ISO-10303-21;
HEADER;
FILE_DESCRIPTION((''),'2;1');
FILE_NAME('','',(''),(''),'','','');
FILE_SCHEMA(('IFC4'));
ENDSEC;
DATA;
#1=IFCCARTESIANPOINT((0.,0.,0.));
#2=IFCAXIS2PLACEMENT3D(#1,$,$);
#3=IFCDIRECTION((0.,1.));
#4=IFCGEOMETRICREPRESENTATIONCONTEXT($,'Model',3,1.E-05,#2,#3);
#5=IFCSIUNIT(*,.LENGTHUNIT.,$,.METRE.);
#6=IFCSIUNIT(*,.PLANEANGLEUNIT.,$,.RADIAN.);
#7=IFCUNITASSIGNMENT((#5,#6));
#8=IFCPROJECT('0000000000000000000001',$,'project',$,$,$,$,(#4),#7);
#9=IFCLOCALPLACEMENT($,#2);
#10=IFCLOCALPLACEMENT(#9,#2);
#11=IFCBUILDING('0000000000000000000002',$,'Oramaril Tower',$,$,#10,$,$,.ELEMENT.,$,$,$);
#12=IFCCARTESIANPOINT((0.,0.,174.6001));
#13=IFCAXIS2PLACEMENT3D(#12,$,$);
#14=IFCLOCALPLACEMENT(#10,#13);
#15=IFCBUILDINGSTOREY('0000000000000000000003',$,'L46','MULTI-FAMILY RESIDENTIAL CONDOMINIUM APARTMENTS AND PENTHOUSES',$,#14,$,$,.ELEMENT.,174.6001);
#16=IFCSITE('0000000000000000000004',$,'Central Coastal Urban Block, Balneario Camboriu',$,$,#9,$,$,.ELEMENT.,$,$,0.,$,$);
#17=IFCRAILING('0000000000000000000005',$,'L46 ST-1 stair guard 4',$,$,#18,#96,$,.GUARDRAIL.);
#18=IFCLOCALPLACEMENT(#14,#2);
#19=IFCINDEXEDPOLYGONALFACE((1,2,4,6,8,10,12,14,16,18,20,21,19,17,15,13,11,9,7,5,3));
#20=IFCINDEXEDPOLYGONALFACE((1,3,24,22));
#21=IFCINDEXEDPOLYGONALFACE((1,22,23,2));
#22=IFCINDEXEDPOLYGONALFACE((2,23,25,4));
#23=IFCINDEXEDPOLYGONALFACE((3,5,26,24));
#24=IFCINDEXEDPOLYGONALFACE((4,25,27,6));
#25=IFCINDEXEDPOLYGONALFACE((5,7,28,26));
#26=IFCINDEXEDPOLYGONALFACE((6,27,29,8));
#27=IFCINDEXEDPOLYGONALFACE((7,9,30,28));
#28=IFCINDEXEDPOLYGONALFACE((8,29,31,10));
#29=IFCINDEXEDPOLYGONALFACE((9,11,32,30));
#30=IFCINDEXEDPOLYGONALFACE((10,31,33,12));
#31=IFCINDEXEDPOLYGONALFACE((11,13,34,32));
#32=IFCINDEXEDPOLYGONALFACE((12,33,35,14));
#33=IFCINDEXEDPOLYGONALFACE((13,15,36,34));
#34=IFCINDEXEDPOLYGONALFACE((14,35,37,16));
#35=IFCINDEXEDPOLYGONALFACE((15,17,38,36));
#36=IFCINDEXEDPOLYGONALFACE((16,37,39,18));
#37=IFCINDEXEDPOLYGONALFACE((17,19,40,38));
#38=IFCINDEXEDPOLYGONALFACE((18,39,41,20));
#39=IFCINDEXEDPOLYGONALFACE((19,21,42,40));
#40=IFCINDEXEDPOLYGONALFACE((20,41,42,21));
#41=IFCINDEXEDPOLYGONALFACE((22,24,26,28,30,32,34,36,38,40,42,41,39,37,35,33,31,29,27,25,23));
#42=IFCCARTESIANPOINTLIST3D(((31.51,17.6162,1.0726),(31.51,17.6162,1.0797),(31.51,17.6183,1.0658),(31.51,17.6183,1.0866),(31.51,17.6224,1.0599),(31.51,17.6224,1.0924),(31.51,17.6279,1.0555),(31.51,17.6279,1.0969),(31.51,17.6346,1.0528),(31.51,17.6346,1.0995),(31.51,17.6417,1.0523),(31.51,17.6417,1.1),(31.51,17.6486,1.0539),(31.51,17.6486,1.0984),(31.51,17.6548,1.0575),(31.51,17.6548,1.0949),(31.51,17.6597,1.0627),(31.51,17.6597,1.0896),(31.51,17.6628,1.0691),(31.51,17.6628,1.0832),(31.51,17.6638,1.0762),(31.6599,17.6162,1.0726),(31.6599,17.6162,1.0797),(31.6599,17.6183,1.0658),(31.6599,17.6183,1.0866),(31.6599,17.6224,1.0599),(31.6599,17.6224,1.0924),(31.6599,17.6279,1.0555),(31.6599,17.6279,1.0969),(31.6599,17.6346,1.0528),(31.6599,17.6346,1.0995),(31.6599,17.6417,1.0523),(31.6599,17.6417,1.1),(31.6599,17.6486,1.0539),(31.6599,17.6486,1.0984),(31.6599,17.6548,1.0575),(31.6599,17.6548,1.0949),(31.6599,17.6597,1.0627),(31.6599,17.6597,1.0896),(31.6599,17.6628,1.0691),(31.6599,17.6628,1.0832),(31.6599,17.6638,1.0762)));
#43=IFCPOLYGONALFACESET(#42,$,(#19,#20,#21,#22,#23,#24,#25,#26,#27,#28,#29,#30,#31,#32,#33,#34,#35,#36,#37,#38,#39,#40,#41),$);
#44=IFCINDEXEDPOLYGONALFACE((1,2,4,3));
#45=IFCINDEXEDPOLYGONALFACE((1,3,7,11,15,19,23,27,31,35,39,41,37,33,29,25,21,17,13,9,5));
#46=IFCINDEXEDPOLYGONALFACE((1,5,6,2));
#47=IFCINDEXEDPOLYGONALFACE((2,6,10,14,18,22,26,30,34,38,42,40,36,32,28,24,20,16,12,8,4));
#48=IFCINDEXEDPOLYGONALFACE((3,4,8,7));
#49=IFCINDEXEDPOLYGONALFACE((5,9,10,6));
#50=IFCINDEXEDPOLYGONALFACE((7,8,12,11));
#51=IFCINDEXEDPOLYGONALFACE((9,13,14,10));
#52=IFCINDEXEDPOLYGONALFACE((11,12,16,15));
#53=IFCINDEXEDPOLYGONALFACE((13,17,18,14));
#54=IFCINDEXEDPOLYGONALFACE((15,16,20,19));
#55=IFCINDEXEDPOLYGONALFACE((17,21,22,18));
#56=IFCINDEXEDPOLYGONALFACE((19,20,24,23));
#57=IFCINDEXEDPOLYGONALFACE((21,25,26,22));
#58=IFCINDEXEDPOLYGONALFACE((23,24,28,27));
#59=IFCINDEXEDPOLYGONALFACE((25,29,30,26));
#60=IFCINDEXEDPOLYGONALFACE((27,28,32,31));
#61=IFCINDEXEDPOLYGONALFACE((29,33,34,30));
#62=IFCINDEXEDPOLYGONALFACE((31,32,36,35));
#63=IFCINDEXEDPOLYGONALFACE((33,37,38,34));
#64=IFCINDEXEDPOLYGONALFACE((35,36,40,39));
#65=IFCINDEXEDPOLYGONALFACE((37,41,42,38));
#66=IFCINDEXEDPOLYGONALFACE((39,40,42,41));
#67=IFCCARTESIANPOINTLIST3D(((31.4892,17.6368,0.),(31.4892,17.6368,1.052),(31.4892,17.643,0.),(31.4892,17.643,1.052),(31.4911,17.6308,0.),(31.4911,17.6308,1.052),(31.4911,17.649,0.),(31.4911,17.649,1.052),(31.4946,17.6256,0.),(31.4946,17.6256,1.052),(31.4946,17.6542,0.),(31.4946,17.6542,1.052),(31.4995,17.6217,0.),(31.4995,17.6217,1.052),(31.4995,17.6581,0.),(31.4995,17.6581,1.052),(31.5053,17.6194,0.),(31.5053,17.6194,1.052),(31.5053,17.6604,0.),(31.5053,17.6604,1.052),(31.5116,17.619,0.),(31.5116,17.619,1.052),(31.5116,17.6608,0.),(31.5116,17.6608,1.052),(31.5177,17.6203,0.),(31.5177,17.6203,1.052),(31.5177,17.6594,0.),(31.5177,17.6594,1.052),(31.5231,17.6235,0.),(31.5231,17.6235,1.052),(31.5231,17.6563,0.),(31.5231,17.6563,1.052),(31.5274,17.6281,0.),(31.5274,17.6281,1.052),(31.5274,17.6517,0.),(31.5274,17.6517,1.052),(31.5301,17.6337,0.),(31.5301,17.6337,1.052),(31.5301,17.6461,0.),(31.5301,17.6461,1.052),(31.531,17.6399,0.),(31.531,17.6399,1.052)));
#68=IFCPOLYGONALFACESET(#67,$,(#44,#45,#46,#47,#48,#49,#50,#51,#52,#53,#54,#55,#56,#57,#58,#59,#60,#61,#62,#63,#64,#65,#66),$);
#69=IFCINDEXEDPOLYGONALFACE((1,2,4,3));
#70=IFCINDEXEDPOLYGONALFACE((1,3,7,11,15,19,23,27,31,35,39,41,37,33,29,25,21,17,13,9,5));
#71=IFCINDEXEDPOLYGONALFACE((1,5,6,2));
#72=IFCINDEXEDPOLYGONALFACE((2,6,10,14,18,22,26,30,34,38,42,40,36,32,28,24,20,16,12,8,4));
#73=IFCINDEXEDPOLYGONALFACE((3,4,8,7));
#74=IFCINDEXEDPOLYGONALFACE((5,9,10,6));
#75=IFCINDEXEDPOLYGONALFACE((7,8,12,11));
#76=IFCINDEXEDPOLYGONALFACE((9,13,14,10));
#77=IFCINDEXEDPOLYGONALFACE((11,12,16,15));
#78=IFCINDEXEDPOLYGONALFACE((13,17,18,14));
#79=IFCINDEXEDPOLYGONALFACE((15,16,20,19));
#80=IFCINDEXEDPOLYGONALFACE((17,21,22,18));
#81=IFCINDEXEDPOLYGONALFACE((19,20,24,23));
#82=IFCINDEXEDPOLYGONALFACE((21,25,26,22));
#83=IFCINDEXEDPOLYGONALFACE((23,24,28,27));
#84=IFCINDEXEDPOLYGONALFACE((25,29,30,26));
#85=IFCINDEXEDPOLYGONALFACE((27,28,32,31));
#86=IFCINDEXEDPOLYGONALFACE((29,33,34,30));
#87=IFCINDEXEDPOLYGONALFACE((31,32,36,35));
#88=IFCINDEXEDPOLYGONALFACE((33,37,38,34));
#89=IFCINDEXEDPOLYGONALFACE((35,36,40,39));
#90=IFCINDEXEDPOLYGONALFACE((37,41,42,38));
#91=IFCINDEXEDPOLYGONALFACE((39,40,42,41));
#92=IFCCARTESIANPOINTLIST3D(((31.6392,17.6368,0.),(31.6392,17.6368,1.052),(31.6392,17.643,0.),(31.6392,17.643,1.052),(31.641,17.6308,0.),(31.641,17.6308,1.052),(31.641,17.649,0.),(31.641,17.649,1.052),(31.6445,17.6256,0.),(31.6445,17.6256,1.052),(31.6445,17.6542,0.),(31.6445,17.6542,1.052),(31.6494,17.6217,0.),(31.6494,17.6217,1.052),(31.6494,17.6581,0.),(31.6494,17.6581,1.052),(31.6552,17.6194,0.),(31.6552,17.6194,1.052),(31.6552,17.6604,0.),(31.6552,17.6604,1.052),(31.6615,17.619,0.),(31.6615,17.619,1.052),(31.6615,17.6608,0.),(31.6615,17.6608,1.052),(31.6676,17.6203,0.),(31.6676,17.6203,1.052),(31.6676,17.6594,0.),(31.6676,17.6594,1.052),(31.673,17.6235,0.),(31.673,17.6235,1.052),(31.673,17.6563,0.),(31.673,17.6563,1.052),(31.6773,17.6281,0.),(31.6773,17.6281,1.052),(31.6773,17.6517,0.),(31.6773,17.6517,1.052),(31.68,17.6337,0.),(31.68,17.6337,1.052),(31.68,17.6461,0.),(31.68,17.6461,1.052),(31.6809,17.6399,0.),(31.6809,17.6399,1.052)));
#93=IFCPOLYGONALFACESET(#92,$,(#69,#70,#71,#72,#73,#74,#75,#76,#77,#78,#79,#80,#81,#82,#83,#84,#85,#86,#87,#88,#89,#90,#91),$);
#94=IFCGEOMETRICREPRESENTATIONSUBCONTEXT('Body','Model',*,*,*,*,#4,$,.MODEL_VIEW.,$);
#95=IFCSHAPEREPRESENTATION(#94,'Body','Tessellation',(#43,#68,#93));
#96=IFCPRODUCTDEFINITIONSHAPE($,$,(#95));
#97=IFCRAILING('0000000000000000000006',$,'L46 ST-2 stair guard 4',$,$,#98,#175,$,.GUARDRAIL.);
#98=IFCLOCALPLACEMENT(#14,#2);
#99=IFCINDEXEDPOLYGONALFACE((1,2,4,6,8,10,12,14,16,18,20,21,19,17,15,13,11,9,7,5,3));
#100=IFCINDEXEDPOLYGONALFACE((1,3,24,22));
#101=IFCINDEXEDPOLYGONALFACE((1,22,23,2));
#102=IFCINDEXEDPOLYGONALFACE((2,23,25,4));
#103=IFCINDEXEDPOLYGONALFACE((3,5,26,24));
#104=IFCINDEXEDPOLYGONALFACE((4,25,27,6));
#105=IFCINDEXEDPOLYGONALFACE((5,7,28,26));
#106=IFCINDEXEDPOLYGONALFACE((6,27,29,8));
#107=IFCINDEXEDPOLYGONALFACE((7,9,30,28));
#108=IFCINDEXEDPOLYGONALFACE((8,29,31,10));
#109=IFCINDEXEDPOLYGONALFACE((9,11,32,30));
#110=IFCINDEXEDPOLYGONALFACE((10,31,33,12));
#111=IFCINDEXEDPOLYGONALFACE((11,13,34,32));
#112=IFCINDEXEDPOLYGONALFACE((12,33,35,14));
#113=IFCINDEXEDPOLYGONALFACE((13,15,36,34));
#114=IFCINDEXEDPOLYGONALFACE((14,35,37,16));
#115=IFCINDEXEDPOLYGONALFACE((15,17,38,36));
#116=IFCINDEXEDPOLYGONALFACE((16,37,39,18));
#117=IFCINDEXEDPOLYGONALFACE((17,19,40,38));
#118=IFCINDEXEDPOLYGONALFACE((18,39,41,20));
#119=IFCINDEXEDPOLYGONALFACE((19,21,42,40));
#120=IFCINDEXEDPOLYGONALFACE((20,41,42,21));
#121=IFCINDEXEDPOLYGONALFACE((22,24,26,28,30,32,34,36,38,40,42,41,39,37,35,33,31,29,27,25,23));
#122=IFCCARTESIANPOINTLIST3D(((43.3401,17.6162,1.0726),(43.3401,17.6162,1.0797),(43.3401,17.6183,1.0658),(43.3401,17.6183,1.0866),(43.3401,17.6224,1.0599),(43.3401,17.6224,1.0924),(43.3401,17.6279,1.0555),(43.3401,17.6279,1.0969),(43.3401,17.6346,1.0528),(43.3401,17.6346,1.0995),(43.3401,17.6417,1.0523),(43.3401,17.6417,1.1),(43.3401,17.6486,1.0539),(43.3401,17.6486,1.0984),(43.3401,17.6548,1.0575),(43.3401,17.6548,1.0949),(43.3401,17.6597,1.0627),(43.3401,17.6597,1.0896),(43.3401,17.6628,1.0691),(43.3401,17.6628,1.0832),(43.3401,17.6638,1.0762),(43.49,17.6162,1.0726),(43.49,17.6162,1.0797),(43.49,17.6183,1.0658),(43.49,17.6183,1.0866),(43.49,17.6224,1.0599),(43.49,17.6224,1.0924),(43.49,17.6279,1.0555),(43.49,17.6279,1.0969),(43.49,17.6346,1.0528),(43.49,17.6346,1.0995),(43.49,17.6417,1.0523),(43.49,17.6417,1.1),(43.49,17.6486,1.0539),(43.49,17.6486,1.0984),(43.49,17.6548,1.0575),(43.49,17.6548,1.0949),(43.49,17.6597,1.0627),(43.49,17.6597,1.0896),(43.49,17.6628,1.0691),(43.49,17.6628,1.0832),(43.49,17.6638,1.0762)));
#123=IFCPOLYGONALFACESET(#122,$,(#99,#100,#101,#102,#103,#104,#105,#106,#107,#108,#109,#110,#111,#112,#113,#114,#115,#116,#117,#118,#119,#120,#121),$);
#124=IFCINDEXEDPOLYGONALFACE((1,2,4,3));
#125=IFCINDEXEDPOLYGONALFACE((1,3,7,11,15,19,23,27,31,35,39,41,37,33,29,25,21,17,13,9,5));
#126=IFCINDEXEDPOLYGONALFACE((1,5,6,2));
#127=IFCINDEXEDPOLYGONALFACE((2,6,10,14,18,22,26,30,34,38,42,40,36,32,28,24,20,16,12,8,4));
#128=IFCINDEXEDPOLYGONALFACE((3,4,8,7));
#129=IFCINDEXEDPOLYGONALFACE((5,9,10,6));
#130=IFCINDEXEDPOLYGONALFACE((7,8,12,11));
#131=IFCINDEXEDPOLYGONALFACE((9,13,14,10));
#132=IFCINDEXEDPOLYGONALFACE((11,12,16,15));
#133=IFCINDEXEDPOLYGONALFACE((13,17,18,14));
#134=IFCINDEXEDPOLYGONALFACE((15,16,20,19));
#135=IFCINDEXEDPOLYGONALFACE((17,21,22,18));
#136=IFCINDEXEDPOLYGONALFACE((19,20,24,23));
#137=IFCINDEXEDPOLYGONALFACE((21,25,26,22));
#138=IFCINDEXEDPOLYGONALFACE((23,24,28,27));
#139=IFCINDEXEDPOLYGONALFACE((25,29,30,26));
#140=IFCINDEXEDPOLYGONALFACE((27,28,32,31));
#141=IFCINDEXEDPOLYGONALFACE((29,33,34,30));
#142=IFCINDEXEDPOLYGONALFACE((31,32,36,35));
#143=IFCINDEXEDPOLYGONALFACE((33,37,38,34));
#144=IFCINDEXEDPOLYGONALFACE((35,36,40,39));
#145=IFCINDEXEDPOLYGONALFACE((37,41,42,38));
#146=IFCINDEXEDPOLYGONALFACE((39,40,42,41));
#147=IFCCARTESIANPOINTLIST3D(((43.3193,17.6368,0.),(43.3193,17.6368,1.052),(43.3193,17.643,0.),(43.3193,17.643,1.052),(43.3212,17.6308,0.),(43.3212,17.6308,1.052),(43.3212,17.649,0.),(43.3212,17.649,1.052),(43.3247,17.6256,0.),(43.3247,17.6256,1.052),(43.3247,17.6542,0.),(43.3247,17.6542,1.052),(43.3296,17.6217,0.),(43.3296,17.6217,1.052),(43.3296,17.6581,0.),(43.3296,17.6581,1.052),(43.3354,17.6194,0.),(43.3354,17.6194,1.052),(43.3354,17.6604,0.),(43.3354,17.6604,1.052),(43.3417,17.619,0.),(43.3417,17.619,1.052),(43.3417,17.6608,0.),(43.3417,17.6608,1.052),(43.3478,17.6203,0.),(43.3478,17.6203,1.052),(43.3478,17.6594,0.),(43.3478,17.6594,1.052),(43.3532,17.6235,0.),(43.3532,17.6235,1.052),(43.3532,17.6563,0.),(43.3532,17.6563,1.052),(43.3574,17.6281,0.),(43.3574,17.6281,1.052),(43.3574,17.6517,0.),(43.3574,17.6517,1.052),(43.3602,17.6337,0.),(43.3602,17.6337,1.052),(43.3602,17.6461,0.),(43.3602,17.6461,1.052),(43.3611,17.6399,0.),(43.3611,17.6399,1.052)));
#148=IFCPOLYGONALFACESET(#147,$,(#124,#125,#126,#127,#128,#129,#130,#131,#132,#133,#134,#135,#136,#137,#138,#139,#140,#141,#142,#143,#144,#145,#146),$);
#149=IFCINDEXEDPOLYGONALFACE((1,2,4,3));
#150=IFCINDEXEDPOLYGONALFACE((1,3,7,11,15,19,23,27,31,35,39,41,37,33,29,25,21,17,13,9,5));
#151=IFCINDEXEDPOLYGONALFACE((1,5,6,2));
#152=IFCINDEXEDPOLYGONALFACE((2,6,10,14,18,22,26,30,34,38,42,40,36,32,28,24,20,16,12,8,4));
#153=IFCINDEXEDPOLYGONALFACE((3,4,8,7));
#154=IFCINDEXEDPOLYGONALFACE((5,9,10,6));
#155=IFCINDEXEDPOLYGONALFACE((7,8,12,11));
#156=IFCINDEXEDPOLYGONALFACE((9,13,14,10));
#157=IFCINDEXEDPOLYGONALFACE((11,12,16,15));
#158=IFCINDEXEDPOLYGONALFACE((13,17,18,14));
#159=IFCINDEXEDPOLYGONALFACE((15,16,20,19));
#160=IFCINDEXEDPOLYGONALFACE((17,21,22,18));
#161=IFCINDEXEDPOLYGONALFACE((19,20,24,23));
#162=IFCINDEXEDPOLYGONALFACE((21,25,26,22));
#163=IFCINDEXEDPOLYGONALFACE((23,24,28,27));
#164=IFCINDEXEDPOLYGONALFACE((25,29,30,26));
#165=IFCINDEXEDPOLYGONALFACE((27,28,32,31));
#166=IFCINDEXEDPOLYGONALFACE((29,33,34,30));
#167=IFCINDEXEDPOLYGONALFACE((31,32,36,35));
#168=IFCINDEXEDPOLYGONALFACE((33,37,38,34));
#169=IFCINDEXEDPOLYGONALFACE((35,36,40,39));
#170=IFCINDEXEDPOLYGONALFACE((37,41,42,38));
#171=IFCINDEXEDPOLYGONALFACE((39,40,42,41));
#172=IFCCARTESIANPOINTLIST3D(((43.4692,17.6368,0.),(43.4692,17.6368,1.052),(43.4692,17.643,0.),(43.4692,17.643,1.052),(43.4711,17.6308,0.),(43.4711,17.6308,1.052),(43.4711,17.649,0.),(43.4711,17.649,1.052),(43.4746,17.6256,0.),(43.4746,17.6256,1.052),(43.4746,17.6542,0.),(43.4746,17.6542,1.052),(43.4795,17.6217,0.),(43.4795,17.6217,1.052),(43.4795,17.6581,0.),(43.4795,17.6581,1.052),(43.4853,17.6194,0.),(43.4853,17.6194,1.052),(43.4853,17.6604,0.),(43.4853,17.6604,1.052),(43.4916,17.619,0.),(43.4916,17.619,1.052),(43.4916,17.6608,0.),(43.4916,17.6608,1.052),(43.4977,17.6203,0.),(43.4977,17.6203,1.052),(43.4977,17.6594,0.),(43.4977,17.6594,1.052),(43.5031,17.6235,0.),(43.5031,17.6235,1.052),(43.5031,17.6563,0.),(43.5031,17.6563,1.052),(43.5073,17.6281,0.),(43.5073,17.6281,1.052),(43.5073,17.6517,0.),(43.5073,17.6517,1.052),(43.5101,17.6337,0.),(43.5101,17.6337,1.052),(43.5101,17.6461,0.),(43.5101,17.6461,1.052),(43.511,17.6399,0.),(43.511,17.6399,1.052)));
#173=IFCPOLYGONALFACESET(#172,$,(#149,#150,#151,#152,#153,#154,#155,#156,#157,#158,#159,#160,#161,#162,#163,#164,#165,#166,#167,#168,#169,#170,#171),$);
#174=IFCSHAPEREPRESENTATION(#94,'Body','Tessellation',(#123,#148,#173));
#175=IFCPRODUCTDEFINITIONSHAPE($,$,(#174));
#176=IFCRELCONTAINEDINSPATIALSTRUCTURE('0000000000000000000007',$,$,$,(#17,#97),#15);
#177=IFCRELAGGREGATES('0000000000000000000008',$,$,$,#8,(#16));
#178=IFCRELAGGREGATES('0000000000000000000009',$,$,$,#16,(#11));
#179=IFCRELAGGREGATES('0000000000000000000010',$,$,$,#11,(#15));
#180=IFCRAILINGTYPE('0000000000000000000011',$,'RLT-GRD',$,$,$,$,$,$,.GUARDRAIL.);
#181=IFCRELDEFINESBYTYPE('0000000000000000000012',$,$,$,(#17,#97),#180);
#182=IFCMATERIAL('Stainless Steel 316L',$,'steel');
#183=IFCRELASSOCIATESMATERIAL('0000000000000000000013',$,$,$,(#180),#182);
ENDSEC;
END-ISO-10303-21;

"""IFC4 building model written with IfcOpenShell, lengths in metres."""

from ifc_helpers import new_model, si_unit, direction, frame, origin, origin_2d, place, context, subcontext, project, spatial, circle, extrude, material, type_object, element, save


model = new_model("IFC4")

# Units and contexts
model_context = context("Model", 3, precision=1e-05, world=origin(), true_north=direction((0.0, 1.0)))
body_context = subcontext(model_context, "Body", "Model", "MODEL_VIEW")
ifc_project = project(units=[si_unit("LENGTHUNIT", "METRE"), si_unit("PLANEANGLEUNIT", "RADIAN")], contexts=[model_context])

# Site, building, storey
site_placement = place(None, origin())
site = spatial("IfcSite", under=ifc_project, at=site_placement, Name="Central Coastal Urban Block, Balneario Camboriu", CompositionType="ELEMENT", RefElevation=0.0)
building_placement = place(site_placement, origin())
building = spatial("IfcBuilding", under=site, at=building_placement, Name="Oramaril Tower", CompositionType="ELEMENT")
storey_placement = place(building_placement, frame((0.0, 0.0, 174.6001)))
storey = spatial("IfcBuildingStorey", under=building, at=storey_placement, Name="L46", Description="MULTI-FAMILY RESIDENTIAL CONDOMINIUM APARTMENTS AND PENTHOUSES", CompositionType="ELEMENT", Elevation=174.6001)

# Railings
ifc_material_1 = material(Name="Stainless Steel 316L", Category="steel")
railing_type = type_object("IfcRailingType", Name="RLT-GRD", PredefinedType="GUARDRAIL", material=ifc_material_1)
for number, where, name in (
    (1, (31.51, 17.6399, 0.0), "L46 ST-1 stair guard 4"),
    (2, (43.3401, 17.6399, 0.0), "L46 ST-2 stair guard 4"),
):
    element("IfcRailing", number, at=place(storey_placement, frame(where)), inside=storey, type_object=railing_type, Name=name, PredefinedType="GUARDRAIL", context=body_context, shape_type="SweptSolid", body=[
        extrude(circle(Radius=0.0239, at=origin_2d()), frame((0.0, 0.0, 1.0762), z_axis=(1.0, 0.0, 0.0), x_axis=(0.0, 1.0, 0.0)), (0.0, 0.0, 1.0), 0.1499),
        extrude(circle(Radius=0.021, at=origin_2d()), origin(), (0.0, 0.0, 1.0), 1.052),
        extrude(circle(Radius=0.021, at=origin_2d()), frame((0.1499, 0.0, 0.0)), (0.0, 0.0, 1.0), 1.052),
    ])

save(model, "model.ifc")
